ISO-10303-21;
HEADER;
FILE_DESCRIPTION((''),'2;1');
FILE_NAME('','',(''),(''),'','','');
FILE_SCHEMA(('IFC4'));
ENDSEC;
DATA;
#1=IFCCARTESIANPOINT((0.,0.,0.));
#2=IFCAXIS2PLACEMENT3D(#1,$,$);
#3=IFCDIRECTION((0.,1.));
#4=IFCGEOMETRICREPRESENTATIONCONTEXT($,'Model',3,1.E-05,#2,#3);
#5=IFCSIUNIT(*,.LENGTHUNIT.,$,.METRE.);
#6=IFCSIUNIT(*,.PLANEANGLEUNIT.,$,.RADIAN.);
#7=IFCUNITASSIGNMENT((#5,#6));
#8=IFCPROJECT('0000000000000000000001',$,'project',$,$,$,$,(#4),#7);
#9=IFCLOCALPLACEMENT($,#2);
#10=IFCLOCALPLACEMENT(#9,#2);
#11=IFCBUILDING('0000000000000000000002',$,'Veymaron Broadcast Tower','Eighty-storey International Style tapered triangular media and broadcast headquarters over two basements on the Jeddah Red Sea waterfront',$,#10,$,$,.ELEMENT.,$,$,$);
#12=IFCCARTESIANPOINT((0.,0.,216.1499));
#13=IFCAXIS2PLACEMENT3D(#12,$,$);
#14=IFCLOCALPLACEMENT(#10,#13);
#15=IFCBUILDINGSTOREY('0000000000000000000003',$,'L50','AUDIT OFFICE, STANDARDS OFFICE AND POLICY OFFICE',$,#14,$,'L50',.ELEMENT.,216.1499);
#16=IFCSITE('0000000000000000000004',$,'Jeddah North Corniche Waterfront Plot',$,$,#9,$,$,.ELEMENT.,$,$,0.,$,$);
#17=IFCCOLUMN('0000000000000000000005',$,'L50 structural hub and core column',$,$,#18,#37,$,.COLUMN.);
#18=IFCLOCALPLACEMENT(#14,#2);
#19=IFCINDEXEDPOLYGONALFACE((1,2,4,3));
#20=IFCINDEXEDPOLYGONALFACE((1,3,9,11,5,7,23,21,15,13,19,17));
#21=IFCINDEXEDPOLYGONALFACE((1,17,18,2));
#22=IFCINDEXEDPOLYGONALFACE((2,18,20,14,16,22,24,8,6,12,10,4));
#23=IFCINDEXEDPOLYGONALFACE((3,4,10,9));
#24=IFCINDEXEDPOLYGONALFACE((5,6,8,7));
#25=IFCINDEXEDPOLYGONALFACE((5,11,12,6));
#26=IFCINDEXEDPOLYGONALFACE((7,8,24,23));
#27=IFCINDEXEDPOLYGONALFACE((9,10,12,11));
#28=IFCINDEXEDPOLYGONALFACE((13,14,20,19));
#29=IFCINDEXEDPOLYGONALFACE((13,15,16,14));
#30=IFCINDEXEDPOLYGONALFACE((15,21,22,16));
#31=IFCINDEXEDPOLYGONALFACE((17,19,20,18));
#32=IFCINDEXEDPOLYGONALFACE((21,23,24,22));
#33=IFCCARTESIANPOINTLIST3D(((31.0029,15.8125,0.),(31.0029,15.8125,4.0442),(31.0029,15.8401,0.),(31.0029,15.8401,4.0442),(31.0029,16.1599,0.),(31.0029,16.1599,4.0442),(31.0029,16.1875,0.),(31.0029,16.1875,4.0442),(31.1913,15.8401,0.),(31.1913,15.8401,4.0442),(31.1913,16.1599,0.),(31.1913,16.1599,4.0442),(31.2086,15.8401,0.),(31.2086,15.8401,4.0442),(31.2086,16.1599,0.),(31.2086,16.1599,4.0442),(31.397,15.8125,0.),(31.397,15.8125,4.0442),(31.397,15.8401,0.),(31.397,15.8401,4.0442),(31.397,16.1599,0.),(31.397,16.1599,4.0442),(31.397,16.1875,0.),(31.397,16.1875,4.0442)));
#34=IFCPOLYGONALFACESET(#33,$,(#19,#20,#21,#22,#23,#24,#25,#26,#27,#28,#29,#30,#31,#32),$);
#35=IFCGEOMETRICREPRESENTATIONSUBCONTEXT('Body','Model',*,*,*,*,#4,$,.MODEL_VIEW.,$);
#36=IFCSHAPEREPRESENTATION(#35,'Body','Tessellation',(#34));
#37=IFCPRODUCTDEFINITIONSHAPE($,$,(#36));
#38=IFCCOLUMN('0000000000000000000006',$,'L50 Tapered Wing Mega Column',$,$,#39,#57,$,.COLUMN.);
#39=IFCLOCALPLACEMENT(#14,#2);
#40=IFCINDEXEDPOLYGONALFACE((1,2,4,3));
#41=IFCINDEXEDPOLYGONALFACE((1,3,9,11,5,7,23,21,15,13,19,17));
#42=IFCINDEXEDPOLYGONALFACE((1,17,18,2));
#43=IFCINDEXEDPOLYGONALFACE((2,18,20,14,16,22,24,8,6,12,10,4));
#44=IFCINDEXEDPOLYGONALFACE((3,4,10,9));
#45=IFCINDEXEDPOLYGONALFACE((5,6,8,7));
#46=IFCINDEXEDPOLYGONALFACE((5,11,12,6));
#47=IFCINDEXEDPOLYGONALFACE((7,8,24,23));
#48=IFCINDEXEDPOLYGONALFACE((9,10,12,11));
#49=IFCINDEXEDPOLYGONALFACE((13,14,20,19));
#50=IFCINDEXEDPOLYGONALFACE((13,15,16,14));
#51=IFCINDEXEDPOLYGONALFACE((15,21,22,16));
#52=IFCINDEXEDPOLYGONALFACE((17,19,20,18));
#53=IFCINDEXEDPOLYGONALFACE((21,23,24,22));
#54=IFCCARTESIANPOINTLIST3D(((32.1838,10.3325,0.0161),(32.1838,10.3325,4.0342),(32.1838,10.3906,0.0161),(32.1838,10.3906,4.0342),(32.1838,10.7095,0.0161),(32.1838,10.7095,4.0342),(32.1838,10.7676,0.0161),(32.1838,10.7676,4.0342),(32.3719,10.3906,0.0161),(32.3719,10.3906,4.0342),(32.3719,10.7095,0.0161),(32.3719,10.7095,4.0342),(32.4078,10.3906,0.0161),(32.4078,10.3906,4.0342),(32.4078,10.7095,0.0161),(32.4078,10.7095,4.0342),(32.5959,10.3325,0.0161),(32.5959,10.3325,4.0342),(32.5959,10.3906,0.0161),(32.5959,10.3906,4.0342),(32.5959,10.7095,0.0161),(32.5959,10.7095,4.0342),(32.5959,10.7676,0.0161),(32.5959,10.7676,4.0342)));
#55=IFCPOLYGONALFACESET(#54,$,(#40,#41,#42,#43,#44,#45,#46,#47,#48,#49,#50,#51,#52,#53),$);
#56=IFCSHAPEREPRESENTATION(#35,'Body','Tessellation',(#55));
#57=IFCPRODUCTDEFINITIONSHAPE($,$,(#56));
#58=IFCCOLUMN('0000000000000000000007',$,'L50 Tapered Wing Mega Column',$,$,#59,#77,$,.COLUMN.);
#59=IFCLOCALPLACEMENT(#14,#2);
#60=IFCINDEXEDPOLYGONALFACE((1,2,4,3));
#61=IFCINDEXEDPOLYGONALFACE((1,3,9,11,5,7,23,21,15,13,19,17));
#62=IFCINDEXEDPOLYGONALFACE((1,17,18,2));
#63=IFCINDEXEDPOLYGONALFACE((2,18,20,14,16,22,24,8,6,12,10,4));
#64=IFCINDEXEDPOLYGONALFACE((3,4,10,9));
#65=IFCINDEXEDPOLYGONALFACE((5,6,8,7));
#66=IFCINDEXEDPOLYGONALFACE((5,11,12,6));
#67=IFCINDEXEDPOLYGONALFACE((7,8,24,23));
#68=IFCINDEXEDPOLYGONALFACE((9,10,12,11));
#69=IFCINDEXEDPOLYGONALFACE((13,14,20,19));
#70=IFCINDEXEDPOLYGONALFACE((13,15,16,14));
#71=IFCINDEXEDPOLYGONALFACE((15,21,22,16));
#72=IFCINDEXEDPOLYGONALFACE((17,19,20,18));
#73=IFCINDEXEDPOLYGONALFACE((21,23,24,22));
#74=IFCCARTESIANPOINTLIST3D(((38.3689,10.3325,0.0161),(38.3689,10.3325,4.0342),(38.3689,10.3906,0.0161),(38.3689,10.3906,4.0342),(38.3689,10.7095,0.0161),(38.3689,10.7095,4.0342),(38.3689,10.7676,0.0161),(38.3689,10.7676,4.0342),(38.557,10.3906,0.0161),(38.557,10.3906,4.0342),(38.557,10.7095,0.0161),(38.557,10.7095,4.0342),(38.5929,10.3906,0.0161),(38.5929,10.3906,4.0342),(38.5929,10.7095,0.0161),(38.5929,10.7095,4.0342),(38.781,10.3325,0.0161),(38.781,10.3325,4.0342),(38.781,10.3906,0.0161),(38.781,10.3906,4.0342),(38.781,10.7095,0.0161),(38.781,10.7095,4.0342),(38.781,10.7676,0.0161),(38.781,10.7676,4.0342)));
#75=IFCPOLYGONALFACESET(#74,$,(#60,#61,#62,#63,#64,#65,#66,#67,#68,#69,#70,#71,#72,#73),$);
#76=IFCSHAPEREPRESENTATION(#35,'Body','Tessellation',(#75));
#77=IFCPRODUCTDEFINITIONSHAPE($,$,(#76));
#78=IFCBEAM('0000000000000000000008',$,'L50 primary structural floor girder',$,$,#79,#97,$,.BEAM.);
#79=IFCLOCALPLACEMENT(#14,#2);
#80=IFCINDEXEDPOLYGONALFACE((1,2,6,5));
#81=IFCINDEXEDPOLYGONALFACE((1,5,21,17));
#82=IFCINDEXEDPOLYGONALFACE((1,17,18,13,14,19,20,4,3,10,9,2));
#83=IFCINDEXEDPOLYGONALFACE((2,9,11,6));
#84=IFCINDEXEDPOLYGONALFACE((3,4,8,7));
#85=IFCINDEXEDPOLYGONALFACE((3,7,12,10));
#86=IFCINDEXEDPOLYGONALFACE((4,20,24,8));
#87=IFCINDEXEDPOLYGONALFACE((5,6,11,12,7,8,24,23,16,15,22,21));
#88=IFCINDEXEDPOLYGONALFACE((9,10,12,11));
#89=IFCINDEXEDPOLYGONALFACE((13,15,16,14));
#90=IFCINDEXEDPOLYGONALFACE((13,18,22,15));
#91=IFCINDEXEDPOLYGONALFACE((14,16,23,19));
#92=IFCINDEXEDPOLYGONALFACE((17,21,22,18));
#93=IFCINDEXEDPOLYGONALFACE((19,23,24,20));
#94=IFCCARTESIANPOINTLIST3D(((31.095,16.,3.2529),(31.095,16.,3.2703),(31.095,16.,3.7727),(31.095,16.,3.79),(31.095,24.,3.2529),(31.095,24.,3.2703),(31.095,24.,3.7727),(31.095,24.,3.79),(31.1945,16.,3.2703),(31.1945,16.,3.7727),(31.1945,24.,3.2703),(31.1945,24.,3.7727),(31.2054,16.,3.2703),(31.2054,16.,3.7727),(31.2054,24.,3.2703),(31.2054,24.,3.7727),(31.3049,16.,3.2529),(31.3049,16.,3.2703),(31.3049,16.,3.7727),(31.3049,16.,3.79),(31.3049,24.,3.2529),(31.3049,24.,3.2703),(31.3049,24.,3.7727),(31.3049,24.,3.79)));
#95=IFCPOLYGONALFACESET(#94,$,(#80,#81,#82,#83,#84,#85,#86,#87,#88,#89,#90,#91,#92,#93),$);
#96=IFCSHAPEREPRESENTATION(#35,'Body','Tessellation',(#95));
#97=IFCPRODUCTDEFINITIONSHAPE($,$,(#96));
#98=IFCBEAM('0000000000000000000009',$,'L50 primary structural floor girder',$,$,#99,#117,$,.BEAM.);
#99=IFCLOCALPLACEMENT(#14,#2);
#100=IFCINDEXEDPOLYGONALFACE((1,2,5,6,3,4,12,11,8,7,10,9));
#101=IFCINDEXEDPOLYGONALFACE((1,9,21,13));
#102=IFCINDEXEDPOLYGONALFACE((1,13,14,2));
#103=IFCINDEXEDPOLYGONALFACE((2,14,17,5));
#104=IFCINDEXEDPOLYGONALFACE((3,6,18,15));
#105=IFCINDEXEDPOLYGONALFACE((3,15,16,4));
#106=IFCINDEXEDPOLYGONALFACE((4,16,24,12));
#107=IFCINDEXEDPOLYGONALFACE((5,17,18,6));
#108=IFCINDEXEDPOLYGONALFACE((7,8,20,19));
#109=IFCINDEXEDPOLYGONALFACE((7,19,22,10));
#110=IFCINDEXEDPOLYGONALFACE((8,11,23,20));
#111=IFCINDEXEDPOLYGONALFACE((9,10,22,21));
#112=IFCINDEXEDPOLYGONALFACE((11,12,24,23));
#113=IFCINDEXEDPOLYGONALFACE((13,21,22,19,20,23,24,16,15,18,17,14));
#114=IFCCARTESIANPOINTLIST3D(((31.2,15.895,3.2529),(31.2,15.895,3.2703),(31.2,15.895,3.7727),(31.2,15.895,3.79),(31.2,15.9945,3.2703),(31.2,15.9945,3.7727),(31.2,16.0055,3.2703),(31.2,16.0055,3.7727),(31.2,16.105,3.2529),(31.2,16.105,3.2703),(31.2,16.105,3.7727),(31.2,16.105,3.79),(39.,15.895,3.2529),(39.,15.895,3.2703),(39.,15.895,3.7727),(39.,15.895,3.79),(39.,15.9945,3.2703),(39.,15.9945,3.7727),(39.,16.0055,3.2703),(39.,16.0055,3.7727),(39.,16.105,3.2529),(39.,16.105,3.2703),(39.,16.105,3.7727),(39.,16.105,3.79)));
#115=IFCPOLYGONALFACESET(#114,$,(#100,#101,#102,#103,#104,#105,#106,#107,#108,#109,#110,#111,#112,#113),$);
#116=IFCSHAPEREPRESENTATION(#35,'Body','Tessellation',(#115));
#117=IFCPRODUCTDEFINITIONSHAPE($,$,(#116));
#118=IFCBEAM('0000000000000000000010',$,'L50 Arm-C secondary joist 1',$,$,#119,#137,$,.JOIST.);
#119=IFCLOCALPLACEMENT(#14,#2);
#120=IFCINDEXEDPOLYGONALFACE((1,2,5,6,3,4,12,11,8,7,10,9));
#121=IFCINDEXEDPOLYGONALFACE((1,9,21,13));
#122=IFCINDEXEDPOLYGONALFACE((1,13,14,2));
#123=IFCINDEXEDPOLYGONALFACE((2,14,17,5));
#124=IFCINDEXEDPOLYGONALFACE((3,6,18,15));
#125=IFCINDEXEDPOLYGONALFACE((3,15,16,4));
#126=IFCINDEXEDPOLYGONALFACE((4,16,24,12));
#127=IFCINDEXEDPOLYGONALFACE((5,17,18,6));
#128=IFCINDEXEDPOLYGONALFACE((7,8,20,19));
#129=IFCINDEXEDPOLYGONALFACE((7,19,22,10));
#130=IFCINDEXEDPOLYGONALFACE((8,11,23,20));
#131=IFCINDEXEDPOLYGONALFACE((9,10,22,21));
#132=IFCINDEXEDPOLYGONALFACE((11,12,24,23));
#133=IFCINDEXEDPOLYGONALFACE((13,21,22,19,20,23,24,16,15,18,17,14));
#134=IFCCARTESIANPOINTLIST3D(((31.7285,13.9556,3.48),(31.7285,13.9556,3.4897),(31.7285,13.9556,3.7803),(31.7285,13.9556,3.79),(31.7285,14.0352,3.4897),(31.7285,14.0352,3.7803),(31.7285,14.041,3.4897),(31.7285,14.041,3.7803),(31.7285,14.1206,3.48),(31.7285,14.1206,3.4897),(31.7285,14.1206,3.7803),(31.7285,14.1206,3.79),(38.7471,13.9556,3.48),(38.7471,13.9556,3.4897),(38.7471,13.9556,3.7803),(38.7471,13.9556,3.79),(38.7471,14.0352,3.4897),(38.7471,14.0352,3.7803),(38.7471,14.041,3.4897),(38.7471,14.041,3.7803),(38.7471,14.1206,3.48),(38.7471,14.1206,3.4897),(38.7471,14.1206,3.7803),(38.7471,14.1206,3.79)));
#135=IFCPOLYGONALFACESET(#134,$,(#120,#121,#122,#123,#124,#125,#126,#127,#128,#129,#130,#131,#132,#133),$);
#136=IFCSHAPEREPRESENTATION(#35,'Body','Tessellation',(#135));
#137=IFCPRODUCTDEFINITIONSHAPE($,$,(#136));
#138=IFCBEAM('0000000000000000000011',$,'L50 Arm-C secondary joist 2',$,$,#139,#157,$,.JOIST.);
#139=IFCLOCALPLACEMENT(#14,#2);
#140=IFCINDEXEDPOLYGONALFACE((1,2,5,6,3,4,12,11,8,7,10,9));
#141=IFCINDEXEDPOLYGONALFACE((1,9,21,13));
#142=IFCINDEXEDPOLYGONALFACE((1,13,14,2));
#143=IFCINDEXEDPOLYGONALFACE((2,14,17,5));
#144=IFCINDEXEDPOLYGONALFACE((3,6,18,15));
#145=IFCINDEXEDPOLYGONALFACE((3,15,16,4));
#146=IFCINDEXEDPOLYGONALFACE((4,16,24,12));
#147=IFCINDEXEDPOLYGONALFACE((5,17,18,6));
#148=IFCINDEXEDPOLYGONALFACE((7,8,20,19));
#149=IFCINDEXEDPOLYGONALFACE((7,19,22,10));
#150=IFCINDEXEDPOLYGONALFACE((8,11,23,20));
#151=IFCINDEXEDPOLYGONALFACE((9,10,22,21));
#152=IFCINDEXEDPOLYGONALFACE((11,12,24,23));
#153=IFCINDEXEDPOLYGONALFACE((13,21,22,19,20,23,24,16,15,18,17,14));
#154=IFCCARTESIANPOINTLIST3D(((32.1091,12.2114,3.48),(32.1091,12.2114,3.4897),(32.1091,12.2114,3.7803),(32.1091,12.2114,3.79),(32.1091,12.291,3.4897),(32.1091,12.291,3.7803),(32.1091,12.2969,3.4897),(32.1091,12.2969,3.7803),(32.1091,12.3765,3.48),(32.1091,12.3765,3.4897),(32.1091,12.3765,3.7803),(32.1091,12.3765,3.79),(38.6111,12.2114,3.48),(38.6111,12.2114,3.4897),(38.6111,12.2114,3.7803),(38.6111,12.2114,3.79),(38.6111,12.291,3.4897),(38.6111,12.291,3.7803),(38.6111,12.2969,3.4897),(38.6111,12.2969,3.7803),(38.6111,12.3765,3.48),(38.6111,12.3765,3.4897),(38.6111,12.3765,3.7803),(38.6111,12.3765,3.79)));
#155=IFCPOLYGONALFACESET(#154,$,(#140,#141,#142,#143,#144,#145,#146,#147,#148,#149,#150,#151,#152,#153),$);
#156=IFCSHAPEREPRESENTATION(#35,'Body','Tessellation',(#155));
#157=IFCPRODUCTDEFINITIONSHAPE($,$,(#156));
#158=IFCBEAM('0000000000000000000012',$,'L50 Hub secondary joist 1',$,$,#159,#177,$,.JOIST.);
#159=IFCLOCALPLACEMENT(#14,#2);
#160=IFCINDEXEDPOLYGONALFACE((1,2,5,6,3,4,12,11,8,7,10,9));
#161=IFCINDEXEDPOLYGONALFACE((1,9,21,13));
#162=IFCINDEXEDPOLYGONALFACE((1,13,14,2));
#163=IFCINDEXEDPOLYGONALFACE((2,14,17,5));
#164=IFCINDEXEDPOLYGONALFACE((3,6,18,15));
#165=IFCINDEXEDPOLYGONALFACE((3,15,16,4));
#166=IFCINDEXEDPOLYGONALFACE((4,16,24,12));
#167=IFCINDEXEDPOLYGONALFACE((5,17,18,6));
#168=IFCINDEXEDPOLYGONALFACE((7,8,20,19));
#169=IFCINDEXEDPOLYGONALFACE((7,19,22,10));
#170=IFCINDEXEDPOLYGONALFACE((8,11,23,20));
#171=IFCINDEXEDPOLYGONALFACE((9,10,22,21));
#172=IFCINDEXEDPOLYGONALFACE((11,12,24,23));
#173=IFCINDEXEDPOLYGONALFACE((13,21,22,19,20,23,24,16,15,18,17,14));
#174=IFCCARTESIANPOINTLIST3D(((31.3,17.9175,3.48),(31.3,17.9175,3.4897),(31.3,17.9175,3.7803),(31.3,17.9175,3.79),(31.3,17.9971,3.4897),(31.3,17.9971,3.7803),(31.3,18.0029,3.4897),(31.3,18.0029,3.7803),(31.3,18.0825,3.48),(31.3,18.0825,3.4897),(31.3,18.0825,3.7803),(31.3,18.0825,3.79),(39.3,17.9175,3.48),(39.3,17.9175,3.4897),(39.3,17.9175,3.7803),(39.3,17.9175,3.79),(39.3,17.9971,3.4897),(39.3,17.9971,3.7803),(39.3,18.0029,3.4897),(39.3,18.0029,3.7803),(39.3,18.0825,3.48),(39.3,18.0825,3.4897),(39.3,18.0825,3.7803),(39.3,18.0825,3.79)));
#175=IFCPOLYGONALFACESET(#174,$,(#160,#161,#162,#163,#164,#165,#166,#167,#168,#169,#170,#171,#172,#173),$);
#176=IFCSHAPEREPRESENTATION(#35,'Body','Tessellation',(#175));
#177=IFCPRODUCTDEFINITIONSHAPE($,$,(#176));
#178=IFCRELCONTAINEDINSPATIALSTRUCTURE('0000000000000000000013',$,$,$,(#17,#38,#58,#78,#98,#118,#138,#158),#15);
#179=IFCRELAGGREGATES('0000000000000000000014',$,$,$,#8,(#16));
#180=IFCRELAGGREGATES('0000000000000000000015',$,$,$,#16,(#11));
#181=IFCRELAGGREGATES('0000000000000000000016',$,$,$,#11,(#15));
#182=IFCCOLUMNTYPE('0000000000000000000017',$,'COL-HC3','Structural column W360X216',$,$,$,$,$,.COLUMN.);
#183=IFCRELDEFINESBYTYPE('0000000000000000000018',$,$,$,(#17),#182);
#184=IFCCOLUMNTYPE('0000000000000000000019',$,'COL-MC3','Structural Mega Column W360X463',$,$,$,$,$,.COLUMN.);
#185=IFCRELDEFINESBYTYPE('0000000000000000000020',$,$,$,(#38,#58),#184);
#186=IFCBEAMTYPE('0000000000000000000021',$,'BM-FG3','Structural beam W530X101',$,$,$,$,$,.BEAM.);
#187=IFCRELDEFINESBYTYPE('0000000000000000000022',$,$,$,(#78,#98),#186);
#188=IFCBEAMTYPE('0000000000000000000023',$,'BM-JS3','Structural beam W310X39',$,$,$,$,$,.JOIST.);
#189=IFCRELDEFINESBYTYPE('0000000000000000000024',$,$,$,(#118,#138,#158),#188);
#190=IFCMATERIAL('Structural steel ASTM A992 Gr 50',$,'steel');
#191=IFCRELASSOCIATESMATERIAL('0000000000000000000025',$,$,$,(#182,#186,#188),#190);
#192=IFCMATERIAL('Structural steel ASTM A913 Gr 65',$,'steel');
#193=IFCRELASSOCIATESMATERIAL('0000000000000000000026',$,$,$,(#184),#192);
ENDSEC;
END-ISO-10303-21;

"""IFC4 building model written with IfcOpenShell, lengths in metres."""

from ifc_helpers import new_model, si_unit, direction, frame, origin, origin_2d, place, context, subcontext, project, spatial, i_section, extrude, material, material_profile, profile_set, type_object, element, save


model = new_model("IFC4")

# Units and contexts
model_context = context("Model", 3, precision=1e-05, world=origin(), true_north=direction((0.0, 1.0)))
body_context = subcontext(model_context, "Body", "Model", "MODEL_VIEW")
ifc_project = project(units=[si_unit("LENGTHUNIT", "METRE"), si_unit("PLANEANGLEUNIT", "RADIAN")], contexts=[model_context])

# Site, building, storey
site_placement = place(None, origin())
site = spatial("IfcSite", under=ifc_project, at=site_placement, Name="Jeddah North Corniche Waterfront Plot", CompositionType="ELEMENT", RefElevation=0.0)
building_placement = place(site_placement, origin())
building = spatial("IfcBuilding", under=site, at=building_placement, Name="Veymaron Broadcast Tower", Description="Eighty-storey International Style tapered triangular media and broadcast headquarters over two basements on the Jeddah Red Sea waterfront", CompositionType="ELEMENT")
storey_placement = place(building_placement, frame((0.0, 0.0, 216.1499)))
storey = spatial("IfcBuildingStorey", under=building, at=storey_placement, Name="L50", Description="AUDIT OFFICE, STANDARDS OFFICE AND POLICY OFFICE", LongName="L50", CompositionType="ELEMENT", Elevation=216.1499)

# Columns
ifc_material_1 = material(Name="Structural steel ASTM A992 Gr 50", Category="steel")
ifc_material_profile_1 = material_profile(ifc_material_1, i_section(OverallWidth=0.394, OverallDepth=0.375, WebThickness=0.0173, FlangeThickness=0.0276, at=origin_2d()), Name="W360X216")
ifc_profile_set_1 = profile_set([ifc_material_profile_1], Name="Structural steel ASTM A992 Gr 50")
column_type_1 = type_object("IfcColumnType", Name="COL-HC3", Description="Structural column W360X216", PredefinedType="COLUMN", material=ifc_profile_set_1)
column_placement = place(storey_placement, frame((31.2, 16.0, 0.0), z_axis=(0.0, 0.0, 1.0), x_axis=(1.0, 0.0, 0.0)))
element("IfcColumn", 1, at=column_placement, inside=storey, type_object=column_type_1, Name="L50 structural hub and core column", PredefinedType="COLUMN", context=body_context, shape_type="SweptSolid", body=[
    extrude(i_section(OverallWidth=0.394, OverallDepth=0.375, WebThickness=0.0173, FlangeThickness=0.0276, at=origin_2d()), origin(), (0.0, 0.0, 1.0), 4.0442),
])
ifc_material_2 = material(Name="Structural steel ASTM A913 Gr 65", Category="steel")
ifc_material_profile_2 = material_profile(ifc_material_2, i_section(OverallWidth=0.4121, OverallDepth=0.4351, WebThickness=0.0359, FlangeThickness=0.0581, at=origin_2d()), Name="W360X463")
ifc_profile_set_2 = profile_set([ifc_material_profile_2], Name="Structural steel ASTM A913 Gr 65")
column_type_2 = type_object("IfcColumnType", Name="COL-MC3", Description="Structural Mega Column W360X463", PredefinedType="COLUMN", material=ifc_profile_set_2)
for number, where, z_axis, x_axis, name in (
    (2, (32.3899, 10.55, 0.0161), (0.0, 0.0, 1.0), (1.0, 0.0, 0.0), "L50 Tapered Wing Mega Column"),
    (3, (38.575, 10.55, 0.0161), (0.0, 0.0, 1.0), (1.0, 0.0, 0.0), "L50 Tapered Wing Mega Column"),
):
    element("IfcColumn", number, at=place(storey_placement, frame(where, z_axis=z_axis, x_axis=x_axis)), inside=storey, type_object=column_type_2, Name=name, PredefinedType="COLUMN", context=body_context, shape_type="SweptSolid", body=[
        extrude(i_section(OverallWidth=0.4121, OverallDepth=0.4351, WebThickness=0.0359, FlangeThickness=0.0581, at=origin_2d()), origin(), (0.0, 0.0, 1.0), 4.0181),
    ])

# Beams
ifc_material_profile_3 = material_profile(ifc_material_1, i_section(OverallWidth=0.21, OverallDepth=0.5371, WebThickness=0.011, FlangeThickness=0.0173, at=origin_2d()), Name="W530X101")
ifc_profile_set_3 = profile_set([ifc_material_profile_3], Name="Structural steel ASTM A992 Gr 50")
beam_type_1 = type_object("IfcBeamType", Name="BM-FG3", Description="Structural beam W530X101", PredefinedType="BEAM", material=ifc_profile_set_3)
beam_1_placement = place(storey_placement, frame((31.2, 16.0, 3.5215), z_axis=(0.0, 1.0, 0.0), x_axis=(-1.0, 0.0, 0.0)))
element("IfcBeam", 4, at=beam_1_placement, inside=storey, type_object=beam_type_1, Name="L50 primary structural floor girder", PredefinedType="BEAM", context=body_context, shape_type="SweptSolid", body=[
    extrude(i_section(OverallWidth=0.21, OverallDepth=0.5371, WebThickness=0.011, FlangeThickness=0.0173, at=origin_2d()), origin(), (0.0, 0.0, 1.0), 8.0),
])
beam_2_placement = place(storey_placement, frame((31.2, 16.0, 3.5215), z_axis=(1.0, 0.0, 0.0), x_axis=(0.0, 1.0, 0.0)))
element("IfcBeam", 5, at=beam_2_placement, inside=storey, type_object=beam_type_1, Name="L50 primary structural floor girder", PredefinedType="BEAM", context=body_context, shape_type="SweptSolid", body=[
    extrude(i_section(OverallWidth=0.21, OverallDepth=0.5371, WebThickness=0.011, FlangeThickness=0.0173, at=origin_2d()), origin(), (0.0, 0.0, 1.0), 7.8),
])
ifc_material_profile_4 = material_profile(ifc_material_1, i_section(OverallWidth=0.165, OverallDepth=0.3101, WebThickness=0.0059, FlangeThickness=0.0098, at=origin_2d()), Name="W310X39")
ifc_profile_set_4 = profile_set([ifc_material_profile_4], Name="Structural steel ASTM A992 Gr 50")
beam_type_2 = type_object("IfcBeamType", Name="BM-JS3", Description="Structural beam W310X39", PredefinedType="JOIST", material=ifc_profile_set_4)
beam_3_placement = place(storey_placement, frame((31.7285, 14.0381, 3.635), z_axis=(1.0, 0.0, 0.0), x_axis=(0.0, 1.0, 0.0)))
element("IfcBeam", 6, at=beam_3_placement, inside=storey, type_object=beam_type_2, Name="L50 Arm-C secondary joist 1", PredefinedType="JOIST", context=body_context, shape_type="SweptSolid", body=[
    extrude(i_section(OverallWidth=0.165, OverallDepth=0.3101, WebThickness=0.0059, FlangeThickness=0.0098, at=origin_2d()), origin(), (0.0, 0.0, 1.0), 7.0186),
])
beam_4_placement = place(storey_placement, frame((32.1091, 12.2939, 3.635), z_axis=(1.0, 0.0, 0.0), x_axis=(0.0, 1.0, 0.0)))
element("IfcBeam", 7, at=beam_4_placement, inside=storey, type_object=beam_type_2, Name="L50 Arm-C secondary joist 2", PredefinedType="JOIST", context=body_context, shape_type="SweptSolid", body=[
    extrude(i_section(OverallWidth=0.165, OverallDepth=0.3101, WebThickness=0.0059, FlangeThickness=0.0098, at=origin_2d()), origin(), (0.0, 0.0, 1.0), 6.502),
])
for number, where, z_axis, x_axis, name in (
    (8, (31.3, 18.0, 3.635), (1.0, 0.0, 0.0), (0.0, 1.0, 0.0), "L50 Hub secondary joist 1"),
):
    element("IfcBeam", number, at=place(storey_placement, frame(where, z_axis=z_axis, x_axis=x_axis)), inside=storey, type_object=beam_type_2, Name=name, PredefinedType="JOIST", context=body_context, shape_type="SweptSolid", body=[
        extrude(i_section(OverallWidth=0.165, OverallDepth=0.3101, WebThickness=0.0059, FlangeThickness=0.0098, at=origin_2d()), origin(), (0.0, 0.0, 1.0), 8.0),
    ])

save(model, "model.ifc")
